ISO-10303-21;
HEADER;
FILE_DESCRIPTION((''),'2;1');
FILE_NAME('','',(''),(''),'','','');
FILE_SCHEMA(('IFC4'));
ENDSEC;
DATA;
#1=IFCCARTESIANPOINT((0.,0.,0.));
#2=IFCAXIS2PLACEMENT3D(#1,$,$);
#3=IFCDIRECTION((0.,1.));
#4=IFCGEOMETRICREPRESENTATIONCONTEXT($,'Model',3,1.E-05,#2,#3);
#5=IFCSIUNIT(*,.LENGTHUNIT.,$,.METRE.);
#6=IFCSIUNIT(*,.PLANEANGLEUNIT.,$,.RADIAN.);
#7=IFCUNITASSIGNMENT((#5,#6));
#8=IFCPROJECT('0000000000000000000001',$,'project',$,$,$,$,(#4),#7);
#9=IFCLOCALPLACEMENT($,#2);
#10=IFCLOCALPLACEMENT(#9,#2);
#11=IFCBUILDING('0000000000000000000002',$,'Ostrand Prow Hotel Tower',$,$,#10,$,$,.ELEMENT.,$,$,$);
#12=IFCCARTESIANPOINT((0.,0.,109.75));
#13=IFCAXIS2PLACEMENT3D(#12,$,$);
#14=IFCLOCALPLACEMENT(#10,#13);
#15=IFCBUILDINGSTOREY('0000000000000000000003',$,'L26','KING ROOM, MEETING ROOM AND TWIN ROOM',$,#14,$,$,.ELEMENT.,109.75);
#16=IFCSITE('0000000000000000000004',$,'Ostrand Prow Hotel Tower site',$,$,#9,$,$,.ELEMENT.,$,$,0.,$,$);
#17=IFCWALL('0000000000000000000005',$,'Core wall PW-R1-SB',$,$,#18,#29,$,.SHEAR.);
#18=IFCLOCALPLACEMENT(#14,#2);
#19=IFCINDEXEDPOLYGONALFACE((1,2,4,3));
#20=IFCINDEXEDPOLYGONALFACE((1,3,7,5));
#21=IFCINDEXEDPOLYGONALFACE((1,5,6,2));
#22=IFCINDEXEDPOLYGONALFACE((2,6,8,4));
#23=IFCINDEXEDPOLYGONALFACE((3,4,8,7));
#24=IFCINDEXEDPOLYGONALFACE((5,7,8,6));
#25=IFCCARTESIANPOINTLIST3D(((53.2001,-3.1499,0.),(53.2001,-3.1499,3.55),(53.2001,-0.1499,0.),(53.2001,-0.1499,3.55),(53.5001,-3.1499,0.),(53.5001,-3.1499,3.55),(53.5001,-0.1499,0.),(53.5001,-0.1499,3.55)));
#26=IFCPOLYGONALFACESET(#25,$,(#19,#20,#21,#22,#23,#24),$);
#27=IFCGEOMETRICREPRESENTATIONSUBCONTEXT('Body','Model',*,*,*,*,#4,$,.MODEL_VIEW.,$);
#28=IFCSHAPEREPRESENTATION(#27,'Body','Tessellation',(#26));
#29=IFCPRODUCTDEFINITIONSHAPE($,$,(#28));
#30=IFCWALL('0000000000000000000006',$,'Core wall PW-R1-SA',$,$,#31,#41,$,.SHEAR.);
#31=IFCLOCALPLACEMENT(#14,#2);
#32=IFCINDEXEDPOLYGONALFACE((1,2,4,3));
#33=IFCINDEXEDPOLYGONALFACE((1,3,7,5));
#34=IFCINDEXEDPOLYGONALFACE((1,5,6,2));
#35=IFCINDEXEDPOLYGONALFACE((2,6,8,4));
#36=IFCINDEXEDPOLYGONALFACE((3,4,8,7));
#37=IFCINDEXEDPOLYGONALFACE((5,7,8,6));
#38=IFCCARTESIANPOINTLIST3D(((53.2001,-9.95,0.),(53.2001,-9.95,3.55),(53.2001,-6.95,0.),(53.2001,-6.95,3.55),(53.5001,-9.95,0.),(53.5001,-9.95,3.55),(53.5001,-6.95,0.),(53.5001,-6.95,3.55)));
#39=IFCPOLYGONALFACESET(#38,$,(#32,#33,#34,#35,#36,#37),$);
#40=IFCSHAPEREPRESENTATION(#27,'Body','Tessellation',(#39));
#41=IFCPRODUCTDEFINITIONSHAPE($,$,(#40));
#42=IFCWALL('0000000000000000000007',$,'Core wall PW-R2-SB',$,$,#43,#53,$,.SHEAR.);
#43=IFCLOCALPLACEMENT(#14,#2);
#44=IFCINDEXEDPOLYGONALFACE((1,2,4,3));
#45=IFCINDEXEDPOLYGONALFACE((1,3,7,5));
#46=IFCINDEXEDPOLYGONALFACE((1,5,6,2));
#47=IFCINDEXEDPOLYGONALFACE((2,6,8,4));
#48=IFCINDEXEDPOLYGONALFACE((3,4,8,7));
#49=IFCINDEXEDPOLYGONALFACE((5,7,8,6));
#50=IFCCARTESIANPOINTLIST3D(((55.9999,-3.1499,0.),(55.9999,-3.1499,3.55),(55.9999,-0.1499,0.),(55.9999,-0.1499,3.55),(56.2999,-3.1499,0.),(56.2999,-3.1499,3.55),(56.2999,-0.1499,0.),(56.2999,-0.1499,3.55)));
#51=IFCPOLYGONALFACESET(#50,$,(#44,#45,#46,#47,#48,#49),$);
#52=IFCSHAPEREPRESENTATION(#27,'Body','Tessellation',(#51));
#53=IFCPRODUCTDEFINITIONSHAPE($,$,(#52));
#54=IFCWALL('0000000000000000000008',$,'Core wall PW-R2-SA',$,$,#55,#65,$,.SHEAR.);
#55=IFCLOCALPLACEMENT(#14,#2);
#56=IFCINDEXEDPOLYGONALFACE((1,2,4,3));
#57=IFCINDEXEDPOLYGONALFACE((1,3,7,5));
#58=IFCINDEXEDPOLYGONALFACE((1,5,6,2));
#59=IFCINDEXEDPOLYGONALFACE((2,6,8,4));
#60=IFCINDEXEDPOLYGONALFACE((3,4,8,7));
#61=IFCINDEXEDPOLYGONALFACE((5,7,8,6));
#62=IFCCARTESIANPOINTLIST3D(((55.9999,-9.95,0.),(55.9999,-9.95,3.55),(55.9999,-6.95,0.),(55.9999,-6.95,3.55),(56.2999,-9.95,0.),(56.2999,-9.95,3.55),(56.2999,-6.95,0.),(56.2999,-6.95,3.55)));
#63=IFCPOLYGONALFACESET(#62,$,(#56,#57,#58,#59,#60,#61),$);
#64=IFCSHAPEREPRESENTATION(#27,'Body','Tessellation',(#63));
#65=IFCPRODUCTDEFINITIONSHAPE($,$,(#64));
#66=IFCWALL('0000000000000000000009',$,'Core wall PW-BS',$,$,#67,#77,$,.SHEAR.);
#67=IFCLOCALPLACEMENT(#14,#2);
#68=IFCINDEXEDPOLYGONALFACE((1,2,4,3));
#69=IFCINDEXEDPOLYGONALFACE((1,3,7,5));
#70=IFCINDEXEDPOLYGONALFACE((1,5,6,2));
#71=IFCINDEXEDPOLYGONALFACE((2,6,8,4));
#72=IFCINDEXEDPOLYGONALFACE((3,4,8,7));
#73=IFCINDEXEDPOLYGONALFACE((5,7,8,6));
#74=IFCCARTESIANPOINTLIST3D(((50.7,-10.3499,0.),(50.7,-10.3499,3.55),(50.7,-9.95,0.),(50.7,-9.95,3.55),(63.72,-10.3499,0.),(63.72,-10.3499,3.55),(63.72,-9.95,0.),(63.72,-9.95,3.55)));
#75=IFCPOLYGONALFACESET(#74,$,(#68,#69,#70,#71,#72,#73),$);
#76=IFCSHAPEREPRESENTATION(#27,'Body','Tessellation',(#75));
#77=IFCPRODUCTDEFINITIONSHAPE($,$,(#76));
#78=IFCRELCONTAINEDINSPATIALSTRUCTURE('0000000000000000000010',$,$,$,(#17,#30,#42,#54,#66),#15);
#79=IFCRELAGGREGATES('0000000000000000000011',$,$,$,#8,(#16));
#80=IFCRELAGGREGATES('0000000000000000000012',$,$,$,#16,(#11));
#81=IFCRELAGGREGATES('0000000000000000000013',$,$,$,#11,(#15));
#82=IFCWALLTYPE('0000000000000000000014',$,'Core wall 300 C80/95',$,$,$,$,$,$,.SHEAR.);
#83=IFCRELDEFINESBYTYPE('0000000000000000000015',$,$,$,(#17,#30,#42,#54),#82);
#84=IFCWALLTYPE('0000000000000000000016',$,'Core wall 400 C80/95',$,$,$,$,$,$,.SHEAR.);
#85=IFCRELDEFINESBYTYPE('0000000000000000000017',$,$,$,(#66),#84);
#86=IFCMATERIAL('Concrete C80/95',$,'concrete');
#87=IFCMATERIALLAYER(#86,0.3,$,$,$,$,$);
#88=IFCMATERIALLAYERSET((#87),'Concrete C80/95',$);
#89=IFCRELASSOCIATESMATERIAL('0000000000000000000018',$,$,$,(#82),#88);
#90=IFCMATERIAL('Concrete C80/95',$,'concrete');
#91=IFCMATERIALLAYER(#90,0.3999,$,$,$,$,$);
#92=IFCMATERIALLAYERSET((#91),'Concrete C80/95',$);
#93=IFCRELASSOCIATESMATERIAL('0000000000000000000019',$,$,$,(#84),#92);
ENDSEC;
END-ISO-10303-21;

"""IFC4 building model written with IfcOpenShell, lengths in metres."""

from ifc_helpers import new_model, si_unit, direction, frame, frame_2d, origin, place, context, subcontext, project, spatial, rectangle, extrude, material, layer, layer_set, type_object, element, save


model = new_model("IFC4")

# Units and contexts
model_context = context("Model", 3, precision=1e-05, world=origin(), true_north=direction((0.0, 1.0)))
body_context = subcontext(model_context, "Body", "Model", "MODEL_VIEW")
ifc_project = project(units=[si_unit("LENGTHUNIT", "METRE"), si_unit("PLANEANGLEUNIT", "RADIAN")], contexts=[model_context])

# Site, building, storey
site_placement = place(None, origin())
site = spatial("IfcSite", under=ifc_project, at=site_placement, Name="Ostrand Prow Hotel Tower site", CompositionType="ELEMENT", RefElevation=0.0)
building_placement = place(site_placement, origin())
building = spatial("IfcBuilding", under=site, at=building_placement, Name="Ostrand Prow Hotel Tower", CompositionType="ELEMENT")
storey_placement = place(building_placement, frame((0.0, 0.0, 109.75)))
storey = spatial("IfcBuildingStorey", under=building, at=storey_placement, Name="L26", Description="KING ROOM, MEETING ROOM AND TWIN ROOM", CompositionType="ELEMENT", Elevation=109.75)

# Shared definitions
ifc_material_1 = material(Name="Concrete C80/95", Category="concrete")
ifc_layer_1 = layer(ifc_material_1, 0.3)
ifc_layer_set_1 = layer_set([ifc_layer_1], Name="Concrete C80/95")
wall_type_1 = type_object("IfcWallType", Name="Core wall 300 C80/95", PredefinedType="SHEAR", material=ifc_layer_set_1)

# Walls
for number, where, z_axis, x_axis, name in (
    (1, (53.3501, -3.1499, 0.0), (0.0, 0.0, 1.0), (0.0, 1.0, 0.0), "Core wall PW-R1-SB"),
    (2, (53.3501, -9.95, 0.0), (0.0, 0.0, 1.0), (0.0, 1.0, 0.0), "Core wall PW-R1-SA"),
    (3, (56.1499, -3.1499, 0.0), (0.0, 0.0, 1.0), (0.0, 1.0, 0.0), "Core wall PW-R2-SB"),
    (4, (56.1499, -9.95, 0.0), (0.0, 0.0, 1.0), (0.0, 1.0, 0.0), "Core wall PW-R2-SA"),
):
    element("IfcWall", number, at=place(storey_placement, frame(where, z_axis=z_axis, x_axis=x_axis)), inside=storey, type_object=wall_type_1, Name=name, PredefinedType="SHEAR", context=body_context, shape_type="SweptSolid", body=[
        extrude(rectangle(XDim=3.0, YDim=0.3, at=frame_2d((1.5, 0.0))), origin(), (0.0, 0.0, 1.0), 3.55),
    ])
ifc_material_2 = material(Name="Concrete C80/95", Category="concrete")
ifc_layer_2 = layer(ifc_material_2, 0.3999)
ifc_layer_set_2 = layer_set([ifc_layer_2], Name="Concrete C80/95")
wall_type_2 = type_object("IfcWallType", Name="Core wall 400 C80/95", PredefinedType="SHEAR", material=ifc_layer_set_2)
wall_1_placement = place(storey_placement, frame((50.7, -10.1499, 0.0), z_axis=(0.0, 0.0, 1.0), x_axis=(1.0, 0.0, 0.0)))
element("IfcWall", 5, at=wall_1_placement, inside=storey, type_object=wall_type_2, Name="Core wall PW-BS", PredefinedType="SHEAR", context=body_context, shape_type="SweptSolid", body=[
    extrude(rectangle(XDim=13.02, YDim=0.3999, at=frame_2d((6.51, 0.0))), origin(), (0.0, 0.0, 1.0), 3.55),
])

save(model, "model.ifc")
